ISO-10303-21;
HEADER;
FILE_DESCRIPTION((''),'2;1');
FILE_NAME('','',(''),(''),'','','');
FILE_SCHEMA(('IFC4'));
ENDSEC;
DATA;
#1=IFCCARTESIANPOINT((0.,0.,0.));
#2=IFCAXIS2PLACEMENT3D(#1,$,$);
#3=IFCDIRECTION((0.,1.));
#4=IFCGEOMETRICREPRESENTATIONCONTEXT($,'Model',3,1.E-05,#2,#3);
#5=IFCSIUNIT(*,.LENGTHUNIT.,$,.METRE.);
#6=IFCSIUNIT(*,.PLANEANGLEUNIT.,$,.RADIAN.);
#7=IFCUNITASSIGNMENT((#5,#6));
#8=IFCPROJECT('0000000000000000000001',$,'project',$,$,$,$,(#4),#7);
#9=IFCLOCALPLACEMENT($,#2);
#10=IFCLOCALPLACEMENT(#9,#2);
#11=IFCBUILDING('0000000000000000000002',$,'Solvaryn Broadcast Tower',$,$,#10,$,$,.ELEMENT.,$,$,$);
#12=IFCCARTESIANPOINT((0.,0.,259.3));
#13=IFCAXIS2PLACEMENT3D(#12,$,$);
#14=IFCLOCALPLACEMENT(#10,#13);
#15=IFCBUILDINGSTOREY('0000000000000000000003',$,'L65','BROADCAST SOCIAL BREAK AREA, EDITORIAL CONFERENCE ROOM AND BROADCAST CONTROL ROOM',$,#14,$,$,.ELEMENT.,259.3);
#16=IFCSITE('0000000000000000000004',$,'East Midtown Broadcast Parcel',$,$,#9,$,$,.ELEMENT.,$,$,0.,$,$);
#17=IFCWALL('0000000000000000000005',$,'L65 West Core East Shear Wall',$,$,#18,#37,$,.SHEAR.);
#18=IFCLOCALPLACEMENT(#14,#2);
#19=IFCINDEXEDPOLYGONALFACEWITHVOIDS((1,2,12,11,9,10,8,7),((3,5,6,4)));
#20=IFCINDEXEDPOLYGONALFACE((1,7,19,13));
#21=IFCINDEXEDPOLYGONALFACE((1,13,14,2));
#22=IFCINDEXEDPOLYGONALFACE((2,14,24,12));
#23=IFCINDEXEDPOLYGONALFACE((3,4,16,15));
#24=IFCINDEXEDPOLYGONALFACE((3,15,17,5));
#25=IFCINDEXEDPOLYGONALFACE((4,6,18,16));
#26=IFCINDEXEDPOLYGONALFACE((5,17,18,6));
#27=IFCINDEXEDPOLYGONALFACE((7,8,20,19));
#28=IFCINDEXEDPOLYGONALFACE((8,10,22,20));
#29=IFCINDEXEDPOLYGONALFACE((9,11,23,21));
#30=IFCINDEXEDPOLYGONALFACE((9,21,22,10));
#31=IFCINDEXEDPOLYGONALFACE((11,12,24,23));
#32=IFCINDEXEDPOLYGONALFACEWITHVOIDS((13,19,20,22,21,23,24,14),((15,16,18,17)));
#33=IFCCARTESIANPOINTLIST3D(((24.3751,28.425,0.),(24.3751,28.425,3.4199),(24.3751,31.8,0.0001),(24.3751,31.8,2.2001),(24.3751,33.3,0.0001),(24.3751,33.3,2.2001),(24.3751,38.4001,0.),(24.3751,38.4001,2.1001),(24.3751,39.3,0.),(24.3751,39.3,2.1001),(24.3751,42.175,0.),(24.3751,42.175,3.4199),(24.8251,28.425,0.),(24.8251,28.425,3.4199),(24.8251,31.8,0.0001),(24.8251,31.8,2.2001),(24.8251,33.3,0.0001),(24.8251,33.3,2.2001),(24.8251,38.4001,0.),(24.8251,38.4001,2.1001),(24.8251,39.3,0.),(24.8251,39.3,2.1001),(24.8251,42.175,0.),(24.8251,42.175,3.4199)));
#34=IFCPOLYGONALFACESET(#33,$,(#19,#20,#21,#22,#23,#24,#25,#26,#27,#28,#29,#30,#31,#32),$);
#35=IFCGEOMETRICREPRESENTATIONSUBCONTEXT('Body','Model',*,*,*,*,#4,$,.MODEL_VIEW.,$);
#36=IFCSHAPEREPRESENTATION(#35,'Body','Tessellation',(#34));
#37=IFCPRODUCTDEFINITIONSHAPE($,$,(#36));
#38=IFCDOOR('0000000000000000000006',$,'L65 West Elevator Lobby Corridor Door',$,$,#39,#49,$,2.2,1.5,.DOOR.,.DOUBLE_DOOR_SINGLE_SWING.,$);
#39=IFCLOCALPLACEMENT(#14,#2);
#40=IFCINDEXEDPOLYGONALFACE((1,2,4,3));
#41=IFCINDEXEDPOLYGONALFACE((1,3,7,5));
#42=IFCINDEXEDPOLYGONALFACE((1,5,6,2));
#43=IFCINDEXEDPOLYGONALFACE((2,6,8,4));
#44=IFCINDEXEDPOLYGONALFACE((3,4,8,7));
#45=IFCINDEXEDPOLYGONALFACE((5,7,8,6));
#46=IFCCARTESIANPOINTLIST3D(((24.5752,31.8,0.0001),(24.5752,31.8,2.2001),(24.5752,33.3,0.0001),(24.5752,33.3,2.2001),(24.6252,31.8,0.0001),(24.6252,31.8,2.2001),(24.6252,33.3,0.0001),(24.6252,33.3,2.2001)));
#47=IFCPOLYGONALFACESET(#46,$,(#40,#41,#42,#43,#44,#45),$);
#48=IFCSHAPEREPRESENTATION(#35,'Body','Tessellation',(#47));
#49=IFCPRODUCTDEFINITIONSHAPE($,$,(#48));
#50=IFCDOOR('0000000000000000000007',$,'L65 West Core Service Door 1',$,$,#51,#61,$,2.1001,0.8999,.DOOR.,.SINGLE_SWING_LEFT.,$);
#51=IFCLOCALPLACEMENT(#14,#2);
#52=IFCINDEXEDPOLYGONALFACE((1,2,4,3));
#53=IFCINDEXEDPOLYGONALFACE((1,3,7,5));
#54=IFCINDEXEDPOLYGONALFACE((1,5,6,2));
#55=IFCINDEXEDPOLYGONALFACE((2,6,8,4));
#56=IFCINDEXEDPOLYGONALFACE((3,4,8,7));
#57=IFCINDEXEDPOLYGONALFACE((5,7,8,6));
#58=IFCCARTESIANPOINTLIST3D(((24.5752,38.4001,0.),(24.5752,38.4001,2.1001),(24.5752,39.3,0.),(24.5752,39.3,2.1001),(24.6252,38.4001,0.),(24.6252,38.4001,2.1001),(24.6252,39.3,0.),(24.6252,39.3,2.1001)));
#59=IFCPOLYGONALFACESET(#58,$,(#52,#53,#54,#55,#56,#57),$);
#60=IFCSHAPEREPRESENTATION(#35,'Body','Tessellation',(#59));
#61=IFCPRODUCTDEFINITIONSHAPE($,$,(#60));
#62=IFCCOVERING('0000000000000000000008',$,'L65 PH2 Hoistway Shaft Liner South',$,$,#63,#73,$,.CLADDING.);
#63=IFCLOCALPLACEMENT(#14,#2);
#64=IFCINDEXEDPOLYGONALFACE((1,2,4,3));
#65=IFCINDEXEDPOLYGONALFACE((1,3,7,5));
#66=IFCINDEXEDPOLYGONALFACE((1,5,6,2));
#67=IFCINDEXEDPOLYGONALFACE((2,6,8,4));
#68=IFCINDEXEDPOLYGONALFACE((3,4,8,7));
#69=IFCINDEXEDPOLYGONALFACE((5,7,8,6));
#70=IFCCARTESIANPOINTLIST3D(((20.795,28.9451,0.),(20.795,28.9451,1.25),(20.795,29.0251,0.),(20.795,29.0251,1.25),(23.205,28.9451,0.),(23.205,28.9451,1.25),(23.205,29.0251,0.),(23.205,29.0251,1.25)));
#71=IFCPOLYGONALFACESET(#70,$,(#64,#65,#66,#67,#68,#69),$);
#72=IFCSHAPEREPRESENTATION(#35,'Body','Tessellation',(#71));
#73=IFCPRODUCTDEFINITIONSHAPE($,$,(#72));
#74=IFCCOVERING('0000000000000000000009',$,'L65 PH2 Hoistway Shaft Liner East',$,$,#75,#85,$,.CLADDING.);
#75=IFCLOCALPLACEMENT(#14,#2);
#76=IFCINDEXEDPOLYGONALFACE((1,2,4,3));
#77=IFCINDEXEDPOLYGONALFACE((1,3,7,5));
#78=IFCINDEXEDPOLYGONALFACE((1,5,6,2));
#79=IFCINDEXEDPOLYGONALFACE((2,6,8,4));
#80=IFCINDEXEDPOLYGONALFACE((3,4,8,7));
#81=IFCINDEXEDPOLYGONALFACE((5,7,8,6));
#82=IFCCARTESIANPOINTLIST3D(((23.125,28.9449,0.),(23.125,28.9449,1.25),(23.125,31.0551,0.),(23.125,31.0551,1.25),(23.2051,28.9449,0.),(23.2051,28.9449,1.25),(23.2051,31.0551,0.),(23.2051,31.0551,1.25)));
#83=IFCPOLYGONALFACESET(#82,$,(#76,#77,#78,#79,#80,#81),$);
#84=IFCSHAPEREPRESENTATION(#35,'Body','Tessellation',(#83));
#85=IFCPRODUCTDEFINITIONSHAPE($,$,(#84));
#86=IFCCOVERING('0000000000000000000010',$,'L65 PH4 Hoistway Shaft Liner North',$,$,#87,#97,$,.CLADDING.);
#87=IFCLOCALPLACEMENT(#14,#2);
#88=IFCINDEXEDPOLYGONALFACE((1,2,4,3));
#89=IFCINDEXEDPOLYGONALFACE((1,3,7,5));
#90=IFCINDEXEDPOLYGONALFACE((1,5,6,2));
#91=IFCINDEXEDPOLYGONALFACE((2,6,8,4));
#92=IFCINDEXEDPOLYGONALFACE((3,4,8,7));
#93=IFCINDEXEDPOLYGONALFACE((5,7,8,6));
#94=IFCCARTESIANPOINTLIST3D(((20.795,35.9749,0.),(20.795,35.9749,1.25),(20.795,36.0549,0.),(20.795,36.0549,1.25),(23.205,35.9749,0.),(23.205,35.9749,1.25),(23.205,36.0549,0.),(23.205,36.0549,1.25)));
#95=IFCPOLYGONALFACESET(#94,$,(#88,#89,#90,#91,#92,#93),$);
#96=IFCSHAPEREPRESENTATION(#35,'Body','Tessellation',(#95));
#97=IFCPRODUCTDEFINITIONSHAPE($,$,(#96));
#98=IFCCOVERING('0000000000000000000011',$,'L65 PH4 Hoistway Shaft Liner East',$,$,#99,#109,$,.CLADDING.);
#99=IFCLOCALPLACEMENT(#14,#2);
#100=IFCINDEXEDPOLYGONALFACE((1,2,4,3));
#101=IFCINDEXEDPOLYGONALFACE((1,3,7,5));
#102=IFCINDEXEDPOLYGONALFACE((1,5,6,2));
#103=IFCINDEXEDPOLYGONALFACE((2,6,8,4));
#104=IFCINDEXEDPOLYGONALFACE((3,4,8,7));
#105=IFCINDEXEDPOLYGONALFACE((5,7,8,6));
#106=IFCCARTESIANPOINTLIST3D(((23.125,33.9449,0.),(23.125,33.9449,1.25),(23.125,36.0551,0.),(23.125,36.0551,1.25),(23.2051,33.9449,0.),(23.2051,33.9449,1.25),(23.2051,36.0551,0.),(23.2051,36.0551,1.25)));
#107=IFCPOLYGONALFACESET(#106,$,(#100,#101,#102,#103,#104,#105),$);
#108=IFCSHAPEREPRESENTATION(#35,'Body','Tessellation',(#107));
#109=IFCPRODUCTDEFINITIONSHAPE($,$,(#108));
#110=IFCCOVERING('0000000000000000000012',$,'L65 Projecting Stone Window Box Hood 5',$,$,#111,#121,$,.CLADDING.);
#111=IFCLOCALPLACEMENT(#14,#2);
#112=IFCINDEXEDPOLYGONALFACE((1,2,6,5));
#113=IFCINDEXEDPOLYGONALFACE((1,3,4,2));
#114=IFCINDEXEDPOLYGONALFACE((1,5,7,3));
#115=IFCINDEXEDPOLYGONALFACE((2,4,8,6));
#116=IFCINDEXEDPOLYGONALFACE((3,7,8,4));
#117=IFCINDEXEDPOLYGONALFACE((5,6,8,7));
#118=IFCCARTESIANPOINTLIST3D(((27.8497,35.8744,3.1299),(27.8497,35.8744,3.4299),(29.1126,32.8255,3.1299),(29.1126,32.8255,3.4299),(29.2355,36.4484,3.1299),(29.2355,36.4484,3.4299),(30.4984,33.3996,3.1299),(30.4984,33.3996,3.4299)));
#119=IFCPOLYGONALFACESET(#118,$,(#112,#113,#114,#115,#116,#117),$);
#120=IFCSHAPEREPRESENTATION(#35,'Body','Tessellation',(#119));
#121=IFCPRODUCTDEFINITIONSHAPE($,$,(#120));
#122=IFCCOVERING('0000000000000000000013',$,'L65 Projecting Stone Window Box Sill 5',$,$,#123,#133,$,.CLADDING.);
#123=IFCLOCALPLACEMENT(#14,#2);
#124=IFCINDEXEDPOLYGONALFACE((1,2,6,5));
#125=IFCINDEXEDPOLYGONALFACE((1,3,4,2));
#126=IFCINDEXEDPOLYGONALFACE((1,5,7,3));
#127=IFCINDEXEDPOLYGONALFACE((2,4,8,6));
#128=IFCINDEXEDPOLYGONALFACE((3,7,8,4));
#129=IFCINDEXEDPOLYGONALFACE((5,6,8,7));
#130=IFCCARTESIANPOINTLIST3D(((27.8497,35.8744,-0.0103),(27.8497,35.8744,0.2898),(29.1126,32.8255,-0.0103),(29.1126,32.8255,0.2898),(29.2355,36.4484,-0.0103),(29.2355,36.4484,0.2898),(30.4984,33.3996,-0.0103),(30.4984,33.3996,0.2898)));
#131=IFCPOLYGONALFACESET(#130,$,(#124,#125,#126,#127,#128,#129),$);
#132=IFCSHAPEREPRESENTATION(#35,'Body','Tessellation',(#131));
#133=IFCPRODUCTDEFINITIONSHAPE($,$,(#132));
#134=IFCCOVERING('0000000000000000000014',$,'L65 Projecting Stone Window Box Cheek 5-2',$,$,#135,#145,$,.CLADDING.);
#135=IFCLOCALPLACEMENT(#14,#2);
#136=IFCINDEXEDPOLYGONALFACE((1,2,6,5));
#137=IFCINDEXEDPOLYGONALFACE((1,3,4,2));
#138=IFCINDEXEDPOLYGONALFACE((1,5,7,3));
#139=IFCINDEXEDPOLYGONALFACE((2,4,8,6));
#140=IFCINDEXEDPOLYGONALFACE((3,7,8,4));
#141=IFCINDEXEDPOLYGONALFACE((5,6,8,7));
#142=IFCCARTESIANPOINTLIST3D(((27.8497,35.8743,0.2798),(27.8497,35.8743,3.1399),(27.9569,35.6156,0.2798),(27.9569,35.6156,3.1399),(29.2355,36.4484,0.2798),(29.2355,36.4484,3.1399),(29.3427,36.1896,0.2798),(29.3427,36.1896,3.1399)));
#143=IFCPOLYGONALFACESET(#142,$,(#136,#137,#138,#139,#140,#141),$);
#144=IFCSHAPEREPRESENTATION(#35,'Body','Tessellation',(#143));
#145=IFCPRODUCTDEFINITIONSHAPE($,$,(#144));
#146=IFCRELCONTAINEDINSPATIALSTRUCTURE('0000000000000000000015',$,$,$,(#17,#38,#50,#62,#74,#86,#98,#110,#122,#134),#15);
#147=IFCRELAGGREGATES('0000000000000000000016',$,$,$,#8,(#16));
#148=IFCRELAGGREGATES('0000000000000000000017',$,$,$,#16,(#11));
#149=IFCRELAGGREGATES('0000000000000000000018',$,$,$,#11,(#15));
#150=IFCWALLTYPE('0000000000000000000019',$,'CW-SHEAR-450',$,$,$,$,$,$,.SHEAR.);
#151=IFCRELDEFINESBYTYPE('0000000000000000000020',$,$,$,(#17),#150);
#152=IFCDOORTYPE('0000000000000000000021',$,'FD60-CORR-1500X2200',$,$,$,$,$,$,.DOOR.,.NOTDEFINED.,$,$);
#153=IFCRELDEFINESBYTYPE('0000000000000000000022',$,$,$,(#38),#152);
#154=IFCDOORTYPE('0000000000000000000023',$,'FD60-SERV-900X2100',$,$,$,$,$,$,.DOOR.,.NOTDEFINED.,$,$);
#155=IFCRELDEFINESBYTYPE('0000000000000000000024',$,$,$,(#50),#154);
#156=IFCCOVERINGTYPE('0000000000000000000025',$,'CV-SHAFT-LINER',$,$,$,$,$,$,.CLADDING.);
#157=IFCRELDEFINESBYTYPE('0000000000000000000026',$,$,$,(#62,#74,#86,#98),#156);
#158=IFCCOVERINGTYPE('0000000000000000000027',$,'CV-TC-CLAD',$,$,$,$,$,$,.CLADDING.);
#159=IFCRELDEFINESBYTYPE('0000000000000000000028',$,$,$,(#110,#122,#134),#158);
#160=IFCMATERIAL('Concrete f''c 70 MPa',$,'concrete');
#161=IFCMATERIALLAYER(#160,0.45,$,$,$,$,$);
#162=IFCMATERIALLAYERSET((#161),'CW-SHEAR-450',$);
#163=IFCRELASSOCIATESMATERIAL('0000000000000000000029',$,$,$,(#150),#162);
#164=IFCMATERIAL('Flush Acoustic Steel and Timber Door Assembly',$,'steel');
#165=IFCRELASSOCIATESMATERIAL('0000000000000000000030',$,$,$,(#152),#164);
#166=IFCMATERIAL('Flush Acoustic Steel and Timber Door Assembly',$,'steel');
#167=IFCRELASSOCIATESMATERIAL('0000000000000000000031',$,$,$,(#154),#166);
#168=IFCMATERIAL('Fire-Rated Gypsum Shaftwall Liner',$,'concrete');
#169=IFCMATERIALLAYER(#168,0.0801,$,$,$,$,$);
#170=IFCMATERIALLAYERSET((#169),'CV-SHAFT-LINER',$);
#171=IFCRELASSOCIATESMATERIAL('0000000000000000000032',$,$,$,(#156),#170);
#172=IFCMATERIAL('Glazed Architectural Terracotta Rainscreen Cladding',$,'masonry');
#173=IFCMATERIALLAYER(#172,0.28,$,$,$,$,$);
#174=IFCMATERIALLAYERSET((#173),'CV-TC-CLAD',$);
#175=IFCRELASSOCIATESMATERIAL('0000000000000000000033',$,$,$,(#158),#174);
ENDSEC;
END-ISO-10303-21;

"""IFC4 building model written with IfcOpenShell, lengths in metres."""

from ifc_helpers import new_model, si_unit, direction, frame, frame_2d, origin, origin_2d, place, context, subcontext, project, spatial, rectangle, extrude, material, layer, layer_set, type_object, element, fill, save


model = new_model("IFC4")

# Units and contexts
model_context = context("Model", 3, precision=1e-05, world=origin(), true_north=direction((0.0, 1.0)))
body_context = subcontext(model_context, "Body", "Model", "MODEL_VIEW")
ifc_project = project(units=[si_unit("LENGTHUNIT", "METRE"), si_unit("PLANEANGLEUNIT", "RADIAN")], contexts=[model_context])

# Site, building, storey
site_placement = place(None, origin())
site = spatial("IfcSite", under=ifc_project, at=site_placement, Name="East Midtown Broadcast Parcel", CompositionType="ELEMENT", RefElevation=0.0)
building_placement = place(site_placement, origin())
building = spatial("IfcBuilding", under=site, at=building_placement, Name="Solvaryn Broadcast Tower", CompositionType="ELEMENT")
storey_placement = place(building_placement, frame((0.0, 0.0, 259.3)))
storey = spatial("IfcBuildingStorey", under=building, at=storey_placement, Name="L65", Description="BROADCAST SOCIAL BREAK AREA, EDITORIAL CONFERENCE ROOM AND BROADCAST CONTROL ROOM", CompositionType="ELEMENT", Elevation=259.3)

# Wall, openings, doors
ifc_material_1 = material(Name="Concrete f'c 70 MPa", Category="concrete")
ifc_layer_1 = layer(ifc_material_1, 0.45)
ifc_layer_set_1 = layer_set([ifc_layer_1], Name="CW-SHEAR-450")
wall_type_1 = type_object("IfcWallType", Name="CW-SHEAR-450", PredefinedType="SHEAR", material=ifc_layer_set_1)
wall_1_placement = place(storey_placement, frame((24.6001, 28.425, 0.0), z_axis=(0.0, 0.0, 1.0), x_axis=(0.0, 1.0, 0.0)))
wall_1 = element("IfcWall", 1, at=wall_1_placement, inside=storey, type_object=wall_type_1, Name="L65 West Core East Shear Wall", PredefinedType="SHEAR", context=body_context, shape_type="SweptSolid", body=[
    extrude(rectangle(XDim=13.75, YDim=0.45, at=frame_2d((6.875, 0.0))), origin(), (0.0, 0.0, 1.0), 3.4199),
])
opening_1_placement = place(wall_1_placement, frame((3.375, 0.0, 0.0)))
opening_1 = element("IfcOpeningElement", 2, at=opening_1_placement, cuts=wall_1, PredefinedType="OPENING", context=body_context, shape_type="SweptSolid", body=[
    extrude(rectangle(XDim=1.5, YDim=2.2, at=frame_2d((0.75, 1.1001))), frame((0.0, 0.2351, 0.0), z_axis=(0.0, -1.0, 0.0), x_axis=(1.0, 0.0, 0.0)), (0.0, 0.0, 1.0), 0.47),
])
opening_2_placement = place(wall_1_placement, frame((9.9751, 0.0, 0.0)))
opening_2 = element("IfcOpeningElement", 3, at=opening_2_placement, cuts=wall_1, PredefinedType="OPENING", context=body_context, shape_type="SweptSolid", body=[
    extrude(rectangle(XDim=0.8999, YDim=2.1001, at=frame_2d((0.45, 1.05))), frame((0.0, 0.2351, 0.0), z_axis=(0.0, -1.0, 0.0), x_axis=(1.0, 0.0, 0.0)), (0.0, 0.0, 1.0), 0.47),
])
ifc_material_2 = material(Name="Flush Acoustic Steel and Timber Door Assembly", Category="steel")
door_type_1 = type_object("IfcDoorType", Name="FD60-CORR-1500X2200", OperationType="NOTDEFINED", PredefinedType="DOOR", material=ifc_material_2)
door_1_placement = place(opening_1_placement, origin())
door_1 = element("IfcDoor", 4, at=door_1_placement, inside=storey, type_object=door_type_1, Name="L65 West Elevator Lobby Corridor Door", OperationType="DOUBLE_DOOR_SINGLE_SWING", OverallHeight=2.2, OverallWidth=1.5, PredefinedType="DOOR", context=body_context, shape_type="SweptSolid", body=[
    extrude(rectangle(XDim=1.5, YDim=2.2, at=frame_2d((0.75, 1.1001))), frame((0.0, 0.0249, 0.0), z_axis=(0.0, -1.0, 0.0), x_axis=(1.0, 0.0, 0.0)), (0.0, 0.0, 1.0), 0.05),
])
fill(opening_1, door_1)
ifc_material_3 = material(Name="Flush Acoustic Steel and Timber Door Assembly", Category="steel")
door_type_2 = type_object("IfcDoorType", Name="FD60-SERV-900X2100", OperationType="NOTDEFINED", PredefinedType="DOOR", material=ifc_material_3)
door_2_placement = place(opening_2_placement, origin())
door_2 = element("IfcDoor", 5, at=door_2_placement, inside=storey, type_object=door_type_2, Name="L65 West Core Service Door 1", OperationType="SINGLE_SWING_LEFT", OverallHeight=2.1001, OverallWidth=0.8999, PredefinedType="DOOR", context=body_context, shape_type="SweptSolid", body=[
    extrude(rectangle(XDim=0.8999, YDim=2.1001, at=frame_2d((0.45, 1.05))), frame((0.0, 0.0249, 0.0), z_axis=(0.0, -1.0, 0.0), x_axis=(1.0, 0.0, 0.0)), (0.0, 0.0, 1.0), 0.05),
])
fill(opening_2, door_2)

# Coverings
ifc_material_4 = material(Name="Fire-Rated Gypsum Shaftwall Liner", Category="concrete")
ifc_layer_2 = layer(ifc_material_4, 0.0801)
ifc_layer_set_2 = layer_set([ifc_layer_2], Name="CV-SHAFT-LINER")
covering_type_1 = type_object("IfcCoveringType", Name="CV-SHAFT-LINER", PredefinedType="CLADDING", material=ifc_layer_set_2)
covering_1_placement = place(storey_placement, frame((22.0, 28.9851, 0.0), z_axis=(0.0, 0.0, 1.0), x_axis=(1.0, 0.0, 0.0)))
element("IfcCovering", 6, at=covering_1_placement, inside=storey, type_object=covering_type_1, Name="L65 PH2 Hoistway Shaft Liner South", PredefinedType="CLADDING", context=body_context, shape_type="SweptSolid", body=[
    extrude(rectangle(XDim=2.4099, YDim=0.0801, at=origin_2d()), origin(), (0.0, 0.0, 1.0), 1.25),
])
covering_2_placement = place(storey_placement, frame((23.165, 30.0, 0.0), z_axis=(0.0, 0.0, 1.0), x_axis=(1.0, 0.0, 0.0)))
element("IfcCovering", 7, at=covering_2_placement, inside=storey, type_object=covering_type_1, Name="L65 PH2 Hoistway Shaft Liner East", PredefinedType="CLADDING", context=body_context, shape_type="SweptSolid", body=[
    extrude(rectangle(XDim=0.0801, YDim=2.1101, at=origin_2d()), origin(), (0.0, 0.0, 1.0), 1.25),
])
covering_3_placement = place(storey_placement, frame((22.0, 36.0149, 0.0), z_axis=(0.0, 0.0, 1.0), x_axis=(1.0, 0.0, 0.0)))
element("IfcCovering", 8, at=covering_3_placement, inside=storey, type_object=covering_type_1, Name="L65 PH4 Hoistway Shaft Liner North", PredefinedType="CLADDING", context=body_context, shape_type="SweptSolid", body=[
    extrude(rectangle(XDim=2.4099, YDim=0.0801, at=origin_2d()), origin(), (0.0, 0.0, 1.0), 1.25),
])
covering_4_placement = place(storey_placement, frame((23.165, 35.0, 0.0), z_axis=(0.0, 0.0, 1.0), x_axis=(1.0, 0.0, 0.0)))
element("IfcCovering", 9, at=covering_4_placement, inside=storey, type_object=covering_type_1, Name="L65 PH4 Hoistway Shaft Liner East", PredefinedType="CLADDING", context=body_context, shape_type="SweptSolid", body=[
    extrude(rectangle(XDim=0.0801, YDim=2.1101, at=origin_2d()), origin(), (0.0, 0.0, 1.0), 1.25),
])
ifc_material_5 = material(Name="Glazed Architectural Terracotta Rainscreen Cladding", Category="masonry")
ifc_layer_3 = layer(ifc_material_5, 0.28)
ifc_layer_set_3 = layer_set([ifc_layer_3], Name="CV-TC-CLAD")
covering_type_2 = type_object("IfcCoveringType", Name="CV-TC-CLAD", PredefinedType="CLADDING", material=ifc_layer_set_3)
for number, where, z_axis, x_axis, name in (
    (10, (29.1741, 34.637, 3.1299), (0.0, 0.0, 1.0), (-0.382683, 0.92388, 0.0), "L65 Projecting Stone Window Box Hood 5"),
    (11, (29.1741, 34.637, -0.0103), (0.0, 0.0, 1.0), (-0.382683, 0.92388, 0.0), "L65 Projecting Stone Window Box Sill 5"),
):
    element("IfcCovering", number, at=place(storey_placement, frame(where, z_axis=z_axis, x_axis=x_axis)), inside=storey, type_object=covering_type_2, Name=name, PredefinedType="CLADDING", context=body_context, shape_type="SweptSolid", body=[
        extrude(rectangle(XDim=3.3, YDim=1.5, at=origin_2d()), origin(), (0.0, 0.0, 1.0), 0.3),
    ])
covering_5_placement = place(storey_placement, frame((28.5962, 36.032, 0.2798), z_axis=(0.0, 0.0, 1.0), x_axis=(-0.382683, 0.92388, 0.0)))
element("IfcCovering", 12, at=covering_5_placement, inside=storey, type_object=covering_type_2, Name="L65 Projecting Stone Window Box Cheek 5-2", PredefinedType="CLADDING", context=body_context, shape_type="SweptSolid", body=[
    extrude(rectangle(XDim=0.28, YDim=1.5, at=origin_2d()), origin(), (0.0, 0.0, 1.0), 2.8601),
])

save(model, "model.ifc")
